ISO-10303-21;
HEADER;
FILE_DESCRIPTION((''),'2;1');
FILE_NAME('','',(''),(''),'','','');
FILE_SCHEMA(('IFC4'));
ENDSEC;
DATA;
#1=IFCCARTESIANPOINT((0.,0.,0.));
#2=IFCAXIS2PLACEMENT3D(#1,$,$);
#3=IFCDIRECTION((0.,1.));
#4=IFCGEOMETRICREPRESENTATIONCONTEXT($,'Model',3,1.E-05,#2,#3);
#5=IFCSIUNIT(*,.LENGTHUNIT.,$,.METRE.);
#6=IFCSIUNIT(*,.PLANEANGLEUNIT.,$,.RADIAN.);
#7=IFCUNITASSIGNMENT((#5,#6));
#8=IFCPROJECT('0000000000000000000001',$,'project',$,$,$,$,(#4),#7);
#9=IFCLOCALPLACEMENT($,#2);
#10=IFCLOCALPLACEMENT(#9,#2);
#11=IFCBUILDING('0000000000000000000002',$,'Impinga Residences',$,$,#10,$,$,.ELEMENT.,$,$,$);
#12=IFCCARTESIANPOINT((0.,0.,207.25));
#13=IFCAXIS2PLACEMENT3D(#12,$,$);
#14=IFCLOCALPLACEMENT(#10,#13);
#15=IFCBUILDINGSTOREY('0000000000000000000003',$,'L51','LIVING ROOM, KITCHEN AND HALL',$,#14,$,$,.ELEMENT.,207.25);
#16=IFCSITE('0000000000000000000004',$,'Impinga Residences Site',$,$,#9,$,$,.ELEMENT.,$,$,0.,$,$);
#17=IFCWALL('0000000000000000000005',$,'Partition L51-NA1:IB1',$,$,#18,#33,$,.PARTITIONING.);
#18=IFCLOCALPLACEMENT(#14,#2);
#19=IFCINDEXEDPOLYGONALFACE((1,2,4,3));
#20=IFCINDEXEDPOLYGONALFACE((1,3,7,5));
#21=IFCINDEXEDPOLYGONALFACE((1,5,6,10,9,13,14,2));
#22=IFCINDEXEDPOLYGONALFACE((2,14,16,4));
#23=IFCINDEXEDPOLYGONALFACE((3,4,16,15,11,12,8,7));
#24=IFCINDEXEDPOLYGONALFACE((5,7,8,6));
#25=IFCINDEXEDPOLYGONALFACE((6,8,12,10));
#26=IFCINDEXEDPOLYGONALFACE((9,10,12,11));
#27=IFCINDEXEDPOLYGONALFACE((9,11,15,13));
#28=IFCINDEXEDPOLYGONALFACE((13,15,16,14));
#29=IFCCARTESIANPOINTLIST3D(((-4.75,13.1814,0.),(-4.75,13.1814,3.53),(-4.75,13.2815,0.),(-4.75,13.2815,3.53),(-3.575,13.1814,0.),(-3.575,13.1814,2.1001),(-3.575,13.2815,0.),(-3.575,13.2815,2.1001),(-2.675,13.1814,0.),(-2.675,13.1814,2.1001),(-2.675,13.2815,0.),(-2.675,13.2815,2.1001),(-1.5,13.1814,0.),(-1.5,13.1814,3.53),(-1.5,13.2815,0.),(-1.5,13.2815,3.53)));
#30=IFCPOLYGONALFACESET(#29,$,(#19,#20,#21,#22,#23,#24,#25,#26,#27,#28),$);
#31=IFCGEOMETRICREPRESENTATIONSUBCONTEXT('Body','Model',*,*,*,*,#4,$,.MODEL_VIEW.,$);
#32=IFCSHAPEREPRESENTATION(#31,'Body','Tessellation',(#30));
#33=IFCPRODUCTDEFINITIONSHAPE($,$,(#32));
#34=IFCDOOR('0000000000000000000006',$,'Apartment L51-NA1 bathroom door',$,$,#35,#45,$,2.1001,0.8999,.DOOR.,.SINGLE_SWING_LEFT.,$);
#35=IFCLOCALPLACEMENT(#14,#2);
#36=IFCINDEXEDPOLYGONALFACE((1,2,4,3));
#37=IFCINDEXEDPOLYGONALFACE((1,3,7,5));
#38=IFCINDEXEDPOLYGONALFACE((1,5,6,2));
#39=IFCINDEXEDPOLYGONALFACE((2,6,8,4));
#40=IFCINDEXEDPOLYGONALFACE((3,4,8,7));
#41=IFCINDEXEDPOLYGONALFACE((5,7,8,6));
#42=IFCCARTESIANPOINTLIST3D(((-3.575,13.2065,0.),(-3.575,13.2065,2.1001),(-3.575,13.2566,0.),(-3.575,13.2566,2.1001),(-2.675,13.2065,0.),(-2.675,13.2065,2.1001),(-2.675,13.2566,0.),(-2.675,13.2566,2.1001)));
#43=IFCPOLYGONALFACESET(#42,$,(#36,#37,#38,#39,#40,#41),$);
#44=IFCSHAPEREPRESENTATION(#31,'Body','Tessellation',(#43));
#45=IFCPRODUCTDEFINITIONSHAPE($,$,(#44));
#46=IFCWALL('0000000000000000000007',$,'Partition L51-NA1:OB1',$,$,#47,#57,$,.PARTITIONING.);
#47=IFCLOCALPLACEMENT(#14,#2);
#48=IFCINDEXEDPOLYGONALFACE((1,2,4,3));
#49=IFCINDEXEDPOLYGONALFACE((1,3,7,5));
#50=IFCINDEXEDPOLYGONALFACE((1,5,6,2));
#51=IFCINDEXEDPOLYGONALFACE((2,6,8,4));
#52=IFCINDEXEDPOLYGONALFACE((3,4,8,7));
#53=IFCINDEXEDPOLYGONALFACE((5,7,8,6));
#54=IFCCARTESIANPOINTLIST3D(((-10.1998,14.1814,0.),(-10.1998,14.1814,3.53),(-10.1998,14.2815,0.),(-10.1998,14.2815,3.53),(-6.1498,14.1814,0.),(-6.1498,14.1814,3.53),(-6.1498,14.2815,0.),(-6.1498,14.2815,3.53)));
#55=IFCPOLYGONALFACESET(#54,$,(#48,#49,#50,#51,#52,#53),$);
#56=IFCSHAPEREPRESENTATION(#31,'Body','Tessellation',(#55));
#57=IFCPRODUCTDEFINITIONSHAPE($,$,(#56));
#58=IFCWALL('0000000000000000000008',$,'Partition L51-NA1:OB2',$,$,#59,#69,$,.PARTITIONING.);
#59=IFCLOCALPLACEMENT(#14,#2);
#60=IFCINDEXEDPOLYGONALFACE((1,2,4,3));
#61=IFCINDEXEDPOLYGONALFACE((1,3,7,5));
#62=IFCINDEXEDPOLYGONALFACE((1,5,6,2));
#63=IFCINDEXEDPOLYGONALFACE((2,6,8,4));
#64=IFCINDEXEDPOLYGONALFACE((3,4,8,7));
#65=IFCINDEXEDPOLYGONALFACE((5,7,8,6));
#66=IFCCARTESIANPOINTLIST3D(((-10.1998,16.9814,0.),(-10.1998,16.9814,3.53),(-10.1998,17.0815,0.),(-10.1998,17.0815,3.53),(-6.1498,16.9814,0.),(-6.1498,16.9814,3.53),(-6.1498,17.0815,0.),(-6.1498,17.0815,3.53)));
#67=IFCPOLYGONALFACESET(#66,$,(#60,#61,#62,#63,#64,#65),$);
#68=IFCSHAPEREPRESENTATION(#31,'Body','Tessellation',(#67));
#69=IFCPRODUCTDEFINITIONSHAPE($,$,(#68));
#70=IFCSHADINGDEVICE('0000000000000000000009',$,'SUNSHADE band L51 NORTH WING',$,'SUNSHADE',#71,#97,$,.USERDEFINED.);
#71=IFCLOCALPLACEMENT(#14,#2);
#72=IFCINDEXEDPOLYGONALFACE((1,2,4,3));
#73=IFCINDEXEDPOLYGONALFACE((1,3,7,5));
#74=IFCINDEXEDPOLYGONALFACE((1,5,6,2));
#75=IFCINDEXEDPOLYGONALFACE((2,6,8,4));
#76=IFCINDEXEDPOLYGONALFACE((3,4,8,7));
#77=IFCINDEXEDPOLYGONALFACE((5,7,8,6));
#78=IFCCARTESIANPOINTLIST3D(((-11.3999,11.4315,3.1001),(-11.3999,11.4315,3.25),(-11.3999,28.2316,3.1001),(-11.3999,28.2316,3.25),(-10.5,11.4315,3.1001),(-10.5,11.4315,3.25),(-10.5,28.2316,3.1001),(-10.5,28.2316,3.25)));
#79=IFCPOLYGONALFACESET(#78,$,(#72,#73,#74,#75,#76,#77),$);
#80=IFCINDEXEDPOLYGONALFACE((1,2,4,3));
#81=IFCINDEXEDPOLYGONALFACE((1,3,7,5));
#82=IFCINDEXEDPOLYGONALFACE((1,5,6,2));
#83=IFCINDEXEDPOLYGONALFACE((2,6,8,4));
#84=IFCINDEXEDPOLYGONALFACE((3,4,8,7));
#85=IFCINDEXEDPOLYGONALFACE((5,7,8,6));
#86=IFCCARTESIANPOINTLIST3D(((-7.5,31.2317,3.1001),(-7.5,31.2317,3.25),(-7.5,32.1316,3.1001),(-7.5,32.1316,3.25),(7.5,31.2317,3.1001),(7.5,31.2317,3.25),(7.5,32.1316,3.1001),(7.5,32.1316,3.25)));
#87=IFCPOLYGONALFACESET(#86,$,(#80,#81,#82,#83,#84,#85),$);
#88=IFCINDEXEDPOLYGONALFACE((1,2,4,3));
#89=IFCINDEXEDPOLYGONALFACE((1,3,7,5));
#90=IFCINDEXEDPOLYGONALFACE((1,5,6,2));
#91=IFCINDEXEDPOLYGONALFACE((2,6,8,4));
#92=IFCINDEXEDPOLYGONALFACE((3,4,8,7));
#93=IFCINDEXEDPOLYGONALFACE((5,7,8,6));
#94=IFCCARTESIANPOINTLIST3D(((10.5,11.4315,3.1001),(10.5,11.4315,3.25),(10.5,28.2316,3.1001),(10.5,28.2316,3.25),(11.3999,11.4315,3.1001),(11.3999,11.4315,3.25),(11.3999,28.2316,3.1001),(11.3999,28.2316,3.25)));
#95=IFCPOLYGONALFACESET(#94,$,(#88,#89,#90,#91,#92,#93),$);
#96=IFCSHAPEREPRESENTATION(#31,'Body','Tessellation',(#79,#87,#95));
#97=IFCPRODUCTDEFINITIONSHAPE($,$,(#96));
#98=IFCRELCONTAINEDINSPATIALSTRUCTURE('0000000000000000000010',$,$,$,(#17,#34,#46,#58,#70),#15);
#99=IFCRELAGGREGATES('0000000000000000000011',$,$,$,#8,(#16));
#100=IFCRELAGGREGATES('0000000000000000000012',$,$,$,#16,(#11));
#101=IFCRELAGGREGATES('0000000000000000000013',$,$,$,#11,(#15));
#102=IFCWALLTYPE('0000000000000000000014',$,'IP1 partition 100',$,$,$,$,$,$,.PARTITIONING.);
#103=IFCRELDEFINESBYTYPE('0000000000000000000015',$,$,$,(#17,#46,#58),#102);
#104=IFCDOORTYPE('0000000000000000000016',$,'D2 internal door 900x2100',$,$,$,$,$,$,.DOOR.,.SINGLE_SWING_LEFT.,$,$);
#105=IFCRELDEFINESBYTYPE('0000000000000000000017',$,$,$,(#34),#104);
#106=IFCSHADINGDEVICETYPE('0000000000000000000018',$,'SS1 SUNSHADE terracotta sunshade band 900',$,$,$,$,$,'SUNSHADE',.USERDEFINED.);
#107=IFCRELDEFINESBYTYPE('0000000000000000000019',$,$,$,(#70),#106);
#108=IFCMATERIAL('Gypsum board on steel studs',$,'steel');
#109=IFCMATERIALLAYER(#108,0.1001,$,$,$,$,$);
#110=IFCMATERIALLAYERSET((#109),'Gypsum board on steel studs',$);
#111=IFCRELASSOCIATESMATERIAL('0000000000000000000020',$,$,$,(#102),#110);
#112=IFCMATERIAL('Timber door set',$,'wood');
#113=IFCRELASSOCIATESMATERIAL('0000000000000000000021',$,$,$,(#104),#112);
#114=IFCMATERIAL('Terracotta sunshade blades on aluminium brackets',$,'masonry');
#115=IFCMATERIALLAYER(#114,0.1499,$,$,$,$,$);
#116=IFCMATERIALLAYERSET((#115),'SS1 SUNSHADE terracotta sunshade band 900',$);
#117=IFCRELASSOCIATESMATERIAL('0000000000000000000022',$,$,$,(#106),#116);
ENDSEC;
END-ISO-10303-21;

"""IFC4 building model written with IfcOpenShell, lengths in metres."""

from ifc_helpers import new_model, si_unit, direction, frame, frame_2d, origin, origin_2d, place, context, subcontext, project, spatial, rectangle, extrude, material, layer, layer_set, type_object, element, fill, save


model = new_model("IFC4")

# Units and contexts
model_context = context("Model", 3, precision=1e-05, world=origin(), true_north=direction((0.0, 1.0)))
body_context = subcontext(model_context, "Body", "Model", "MODEL_VIEW")
ifc_project = project(units=[si_unit("LENGTHUNIT", "METRE"), si_unit("PLANEANGLEUNIT", "RADIAN")], contexts=[model_context])

# Site, building, storey
site_placement = place(None, origin())
site = spatial("IfcSite", under=ifc_project, at=site_placement, Name="Impinga Residences Site", CompositionType="ELEMENT", RefElevation=0.0)
building_placement = place(site_placement, origin())
building = spatial("IfcBuilding", under=site, at=building_placement, Name="Impinga Residences", CompositionType="ELEMENT")
storey_placement = place(building_placement, frame((0.0, 0.0, 207.25)))
storey = spatial("IfcBuildingStorey", under=building, at=storey_placement, Name="L51", Description="LIVING ROOM, KITCHEN AND HALL", CompositionType="ELEMENT", Elevation=207.25)

# Shared definitions
ifc_material_1 = material(Name="Gypsum board on steel studs", Category="steel")
ifc_layer_1 = layer(ifc_material_1, 0.1001)
ifc_layer_set_1 = layer_set([ifc_layer_1], Name="Gypsum board on steel studs")
wall_type_1 = type_object("IfcWallType", Name="IP1 partition 100", PredefinedType="PARTITIONING", material=ifc_layer_set_1)

# Shared definitions
ifc_material_2 = material(Name="Timber door set", Category="wood")
door_type = type_object("IfcDoorType", Name="D2 internal door 900x2100", OperationType="SINGLE_SWING_LEFT", PredefinedType="DOOR", material=ifc_material_2)

# Wall, opening, door
wall_1_placement = place(storey_placement, frame((-1.5, 13.2314, 0.0), z_axis=(0.0, 0.0, 1.0), x_axis=(-1.0, 0.0, 0.0)))
wall_1 = element("IfcWall", 1, at=wall_1_placement, inside=storey, type_object=wall_type_1, Name="Partition L51-NA1:IB1", PredefinedType="PARTITIONING", context=body_context, shape_type="SweptSolid", body=[
    extrude(rectangle(XDim=3.25, YDim=0.1001, at=frame_2d((1.625, 0.0))), origin(), (0.0, 0.0, 1.0), 3.53),
])
opening_1_placement = place(wall_1_placement, frame((1.175, 0.0, 0.0)))
opening_1 = element("IfcOpeningElement", 2, at=opening_1_placement, cuts=wall_1, PredefinedType="OPENING", context=body_context, shape_type="SweptSolid", body=[
    extrude(rectangle(XDim=0.8999, YDim=2.1001, at=frame_2d((0.45, 1.05))), frame((0.0, 0.0601, 0.0), z_axis=(0.0, -1.0, 0.0), x_axis=(1.0, 0.0, 0.0)), (0.0, 0.0, 1.0), 0.1201),
])
door_1_placement = place(opening_1_placement, origin())
door_1 = element("IfcDoor", 3, at=door_1_placement, inside=storey, type_object=door_type, Name="Apartment L51-NA1 bathroom door", OperationType="SINGLE_SWING_LEFT", OverallHeight=2.1001, OverallWidth=0.8999, PredefinedType="DOOR", context=body_context, shape_type="SweptSolid", body=[
    extrude(rectangle(XDim=0.8999, YDim=2.1001, at=frame_2d((0.45, 1.05))), frame((0.0, 0.0249, 0.0), z_axis=(0.0, -1.0, 0.0), x_axis=(1.0, 0.0, 0.0)), (0.0, 0.0, 1.0), 0.05),
])
fill(opening_1, door_1)

# Walls
for number, where, z_axis, x_axis, name in (
    (4, (-6.1499, 14.2314, 0.0), (0.0, 0.0, 1.0), (-1.0, 0.0, 0.0), "Partition L51-NA1:OB1"),
    (5, (-6.1499, 17.0315, 0.0), (0.0, 0.0, 1.0), (-1.0, 0.0, 0.0), "Partition L51-NA1:OB2"),
):
    element("IfcWall", number, at=place(storey_placement, frame(where, z_axis=z_axis, x_axis=x_axis)), inside=storey, type_object=wall_type_1, Name=name, PredefinedType="PARTITIONING", context=body_context, shape_type="SweptSolid", body=[
        extrude(rectangle(XDim=4.05, YDim=0.1001, at=frame_2d((2.0249, 0.0))), origin(), (0.0, 0.0, 1.0), 3.53),
    ])

# Shading device
ifc_material_3 = material(Name="Terracotta sunshade blades on aluminium brackets", Category="masonry")
ifc_layer_2 = layer(ifc_material_3, 0.1499)
ifc_layer_set_2 = layer_set([ifc_layer_2], Name="SS1 SUNSHADE terracotta sunshade band 900")
shading_device_type = type_object("IfcShadingDeviceType", Name="SS1 SUNSHADE terracotta sunshade band 900", ElementType="SUNSHADE", PredefinedType="USERDEFINED", material=ifc_layer_set_2)
shading_device_placement = place(storey_placement, frame((-10.95, 19.8315, 3.1001), z_axis=(0.0, 0.0, 1.0), x_axis=(0.0, 1.0, 0.0)))
element("IfcShadingDevice", 6, at=shading_device_placement, inside=storey, type_object=shading_device_type, Name="SUNSHADE band L51 NORTH WING", ObjectType="SUNSHADE", PredefinedType="USERDEFINED", context=body_context, shape_type="SweptSolid", body=[
    extrude(rectangle(XDim=16.8, YDim=0.8999, at=origin_2d()), origin(), (0.0, 0.0, 1.0), 0.1499),
    extrude(rectangle(XDim=15.0, YDim=0.8999, at=origin_2d()), frame((11.8501, -10.95, 0.0), z_axis=(0.0, 0.0, 1.0), x_axis=(0.0, -1.0, 0.0)), (0.0, 0.0, 1.0), 0.1499),
    extrude(rectangle(XDim=16.8, YDim=0.8999, at=origin_2d()), frame((0.0, -21.8999, 0.0), z_axis=(0.0, 0.0, 1.0), x_axis=(-1.0, 0.0, 0.0)), (0.0, 0.0, 1.0), 0.1499),
])

save(model, "model.ifc")
